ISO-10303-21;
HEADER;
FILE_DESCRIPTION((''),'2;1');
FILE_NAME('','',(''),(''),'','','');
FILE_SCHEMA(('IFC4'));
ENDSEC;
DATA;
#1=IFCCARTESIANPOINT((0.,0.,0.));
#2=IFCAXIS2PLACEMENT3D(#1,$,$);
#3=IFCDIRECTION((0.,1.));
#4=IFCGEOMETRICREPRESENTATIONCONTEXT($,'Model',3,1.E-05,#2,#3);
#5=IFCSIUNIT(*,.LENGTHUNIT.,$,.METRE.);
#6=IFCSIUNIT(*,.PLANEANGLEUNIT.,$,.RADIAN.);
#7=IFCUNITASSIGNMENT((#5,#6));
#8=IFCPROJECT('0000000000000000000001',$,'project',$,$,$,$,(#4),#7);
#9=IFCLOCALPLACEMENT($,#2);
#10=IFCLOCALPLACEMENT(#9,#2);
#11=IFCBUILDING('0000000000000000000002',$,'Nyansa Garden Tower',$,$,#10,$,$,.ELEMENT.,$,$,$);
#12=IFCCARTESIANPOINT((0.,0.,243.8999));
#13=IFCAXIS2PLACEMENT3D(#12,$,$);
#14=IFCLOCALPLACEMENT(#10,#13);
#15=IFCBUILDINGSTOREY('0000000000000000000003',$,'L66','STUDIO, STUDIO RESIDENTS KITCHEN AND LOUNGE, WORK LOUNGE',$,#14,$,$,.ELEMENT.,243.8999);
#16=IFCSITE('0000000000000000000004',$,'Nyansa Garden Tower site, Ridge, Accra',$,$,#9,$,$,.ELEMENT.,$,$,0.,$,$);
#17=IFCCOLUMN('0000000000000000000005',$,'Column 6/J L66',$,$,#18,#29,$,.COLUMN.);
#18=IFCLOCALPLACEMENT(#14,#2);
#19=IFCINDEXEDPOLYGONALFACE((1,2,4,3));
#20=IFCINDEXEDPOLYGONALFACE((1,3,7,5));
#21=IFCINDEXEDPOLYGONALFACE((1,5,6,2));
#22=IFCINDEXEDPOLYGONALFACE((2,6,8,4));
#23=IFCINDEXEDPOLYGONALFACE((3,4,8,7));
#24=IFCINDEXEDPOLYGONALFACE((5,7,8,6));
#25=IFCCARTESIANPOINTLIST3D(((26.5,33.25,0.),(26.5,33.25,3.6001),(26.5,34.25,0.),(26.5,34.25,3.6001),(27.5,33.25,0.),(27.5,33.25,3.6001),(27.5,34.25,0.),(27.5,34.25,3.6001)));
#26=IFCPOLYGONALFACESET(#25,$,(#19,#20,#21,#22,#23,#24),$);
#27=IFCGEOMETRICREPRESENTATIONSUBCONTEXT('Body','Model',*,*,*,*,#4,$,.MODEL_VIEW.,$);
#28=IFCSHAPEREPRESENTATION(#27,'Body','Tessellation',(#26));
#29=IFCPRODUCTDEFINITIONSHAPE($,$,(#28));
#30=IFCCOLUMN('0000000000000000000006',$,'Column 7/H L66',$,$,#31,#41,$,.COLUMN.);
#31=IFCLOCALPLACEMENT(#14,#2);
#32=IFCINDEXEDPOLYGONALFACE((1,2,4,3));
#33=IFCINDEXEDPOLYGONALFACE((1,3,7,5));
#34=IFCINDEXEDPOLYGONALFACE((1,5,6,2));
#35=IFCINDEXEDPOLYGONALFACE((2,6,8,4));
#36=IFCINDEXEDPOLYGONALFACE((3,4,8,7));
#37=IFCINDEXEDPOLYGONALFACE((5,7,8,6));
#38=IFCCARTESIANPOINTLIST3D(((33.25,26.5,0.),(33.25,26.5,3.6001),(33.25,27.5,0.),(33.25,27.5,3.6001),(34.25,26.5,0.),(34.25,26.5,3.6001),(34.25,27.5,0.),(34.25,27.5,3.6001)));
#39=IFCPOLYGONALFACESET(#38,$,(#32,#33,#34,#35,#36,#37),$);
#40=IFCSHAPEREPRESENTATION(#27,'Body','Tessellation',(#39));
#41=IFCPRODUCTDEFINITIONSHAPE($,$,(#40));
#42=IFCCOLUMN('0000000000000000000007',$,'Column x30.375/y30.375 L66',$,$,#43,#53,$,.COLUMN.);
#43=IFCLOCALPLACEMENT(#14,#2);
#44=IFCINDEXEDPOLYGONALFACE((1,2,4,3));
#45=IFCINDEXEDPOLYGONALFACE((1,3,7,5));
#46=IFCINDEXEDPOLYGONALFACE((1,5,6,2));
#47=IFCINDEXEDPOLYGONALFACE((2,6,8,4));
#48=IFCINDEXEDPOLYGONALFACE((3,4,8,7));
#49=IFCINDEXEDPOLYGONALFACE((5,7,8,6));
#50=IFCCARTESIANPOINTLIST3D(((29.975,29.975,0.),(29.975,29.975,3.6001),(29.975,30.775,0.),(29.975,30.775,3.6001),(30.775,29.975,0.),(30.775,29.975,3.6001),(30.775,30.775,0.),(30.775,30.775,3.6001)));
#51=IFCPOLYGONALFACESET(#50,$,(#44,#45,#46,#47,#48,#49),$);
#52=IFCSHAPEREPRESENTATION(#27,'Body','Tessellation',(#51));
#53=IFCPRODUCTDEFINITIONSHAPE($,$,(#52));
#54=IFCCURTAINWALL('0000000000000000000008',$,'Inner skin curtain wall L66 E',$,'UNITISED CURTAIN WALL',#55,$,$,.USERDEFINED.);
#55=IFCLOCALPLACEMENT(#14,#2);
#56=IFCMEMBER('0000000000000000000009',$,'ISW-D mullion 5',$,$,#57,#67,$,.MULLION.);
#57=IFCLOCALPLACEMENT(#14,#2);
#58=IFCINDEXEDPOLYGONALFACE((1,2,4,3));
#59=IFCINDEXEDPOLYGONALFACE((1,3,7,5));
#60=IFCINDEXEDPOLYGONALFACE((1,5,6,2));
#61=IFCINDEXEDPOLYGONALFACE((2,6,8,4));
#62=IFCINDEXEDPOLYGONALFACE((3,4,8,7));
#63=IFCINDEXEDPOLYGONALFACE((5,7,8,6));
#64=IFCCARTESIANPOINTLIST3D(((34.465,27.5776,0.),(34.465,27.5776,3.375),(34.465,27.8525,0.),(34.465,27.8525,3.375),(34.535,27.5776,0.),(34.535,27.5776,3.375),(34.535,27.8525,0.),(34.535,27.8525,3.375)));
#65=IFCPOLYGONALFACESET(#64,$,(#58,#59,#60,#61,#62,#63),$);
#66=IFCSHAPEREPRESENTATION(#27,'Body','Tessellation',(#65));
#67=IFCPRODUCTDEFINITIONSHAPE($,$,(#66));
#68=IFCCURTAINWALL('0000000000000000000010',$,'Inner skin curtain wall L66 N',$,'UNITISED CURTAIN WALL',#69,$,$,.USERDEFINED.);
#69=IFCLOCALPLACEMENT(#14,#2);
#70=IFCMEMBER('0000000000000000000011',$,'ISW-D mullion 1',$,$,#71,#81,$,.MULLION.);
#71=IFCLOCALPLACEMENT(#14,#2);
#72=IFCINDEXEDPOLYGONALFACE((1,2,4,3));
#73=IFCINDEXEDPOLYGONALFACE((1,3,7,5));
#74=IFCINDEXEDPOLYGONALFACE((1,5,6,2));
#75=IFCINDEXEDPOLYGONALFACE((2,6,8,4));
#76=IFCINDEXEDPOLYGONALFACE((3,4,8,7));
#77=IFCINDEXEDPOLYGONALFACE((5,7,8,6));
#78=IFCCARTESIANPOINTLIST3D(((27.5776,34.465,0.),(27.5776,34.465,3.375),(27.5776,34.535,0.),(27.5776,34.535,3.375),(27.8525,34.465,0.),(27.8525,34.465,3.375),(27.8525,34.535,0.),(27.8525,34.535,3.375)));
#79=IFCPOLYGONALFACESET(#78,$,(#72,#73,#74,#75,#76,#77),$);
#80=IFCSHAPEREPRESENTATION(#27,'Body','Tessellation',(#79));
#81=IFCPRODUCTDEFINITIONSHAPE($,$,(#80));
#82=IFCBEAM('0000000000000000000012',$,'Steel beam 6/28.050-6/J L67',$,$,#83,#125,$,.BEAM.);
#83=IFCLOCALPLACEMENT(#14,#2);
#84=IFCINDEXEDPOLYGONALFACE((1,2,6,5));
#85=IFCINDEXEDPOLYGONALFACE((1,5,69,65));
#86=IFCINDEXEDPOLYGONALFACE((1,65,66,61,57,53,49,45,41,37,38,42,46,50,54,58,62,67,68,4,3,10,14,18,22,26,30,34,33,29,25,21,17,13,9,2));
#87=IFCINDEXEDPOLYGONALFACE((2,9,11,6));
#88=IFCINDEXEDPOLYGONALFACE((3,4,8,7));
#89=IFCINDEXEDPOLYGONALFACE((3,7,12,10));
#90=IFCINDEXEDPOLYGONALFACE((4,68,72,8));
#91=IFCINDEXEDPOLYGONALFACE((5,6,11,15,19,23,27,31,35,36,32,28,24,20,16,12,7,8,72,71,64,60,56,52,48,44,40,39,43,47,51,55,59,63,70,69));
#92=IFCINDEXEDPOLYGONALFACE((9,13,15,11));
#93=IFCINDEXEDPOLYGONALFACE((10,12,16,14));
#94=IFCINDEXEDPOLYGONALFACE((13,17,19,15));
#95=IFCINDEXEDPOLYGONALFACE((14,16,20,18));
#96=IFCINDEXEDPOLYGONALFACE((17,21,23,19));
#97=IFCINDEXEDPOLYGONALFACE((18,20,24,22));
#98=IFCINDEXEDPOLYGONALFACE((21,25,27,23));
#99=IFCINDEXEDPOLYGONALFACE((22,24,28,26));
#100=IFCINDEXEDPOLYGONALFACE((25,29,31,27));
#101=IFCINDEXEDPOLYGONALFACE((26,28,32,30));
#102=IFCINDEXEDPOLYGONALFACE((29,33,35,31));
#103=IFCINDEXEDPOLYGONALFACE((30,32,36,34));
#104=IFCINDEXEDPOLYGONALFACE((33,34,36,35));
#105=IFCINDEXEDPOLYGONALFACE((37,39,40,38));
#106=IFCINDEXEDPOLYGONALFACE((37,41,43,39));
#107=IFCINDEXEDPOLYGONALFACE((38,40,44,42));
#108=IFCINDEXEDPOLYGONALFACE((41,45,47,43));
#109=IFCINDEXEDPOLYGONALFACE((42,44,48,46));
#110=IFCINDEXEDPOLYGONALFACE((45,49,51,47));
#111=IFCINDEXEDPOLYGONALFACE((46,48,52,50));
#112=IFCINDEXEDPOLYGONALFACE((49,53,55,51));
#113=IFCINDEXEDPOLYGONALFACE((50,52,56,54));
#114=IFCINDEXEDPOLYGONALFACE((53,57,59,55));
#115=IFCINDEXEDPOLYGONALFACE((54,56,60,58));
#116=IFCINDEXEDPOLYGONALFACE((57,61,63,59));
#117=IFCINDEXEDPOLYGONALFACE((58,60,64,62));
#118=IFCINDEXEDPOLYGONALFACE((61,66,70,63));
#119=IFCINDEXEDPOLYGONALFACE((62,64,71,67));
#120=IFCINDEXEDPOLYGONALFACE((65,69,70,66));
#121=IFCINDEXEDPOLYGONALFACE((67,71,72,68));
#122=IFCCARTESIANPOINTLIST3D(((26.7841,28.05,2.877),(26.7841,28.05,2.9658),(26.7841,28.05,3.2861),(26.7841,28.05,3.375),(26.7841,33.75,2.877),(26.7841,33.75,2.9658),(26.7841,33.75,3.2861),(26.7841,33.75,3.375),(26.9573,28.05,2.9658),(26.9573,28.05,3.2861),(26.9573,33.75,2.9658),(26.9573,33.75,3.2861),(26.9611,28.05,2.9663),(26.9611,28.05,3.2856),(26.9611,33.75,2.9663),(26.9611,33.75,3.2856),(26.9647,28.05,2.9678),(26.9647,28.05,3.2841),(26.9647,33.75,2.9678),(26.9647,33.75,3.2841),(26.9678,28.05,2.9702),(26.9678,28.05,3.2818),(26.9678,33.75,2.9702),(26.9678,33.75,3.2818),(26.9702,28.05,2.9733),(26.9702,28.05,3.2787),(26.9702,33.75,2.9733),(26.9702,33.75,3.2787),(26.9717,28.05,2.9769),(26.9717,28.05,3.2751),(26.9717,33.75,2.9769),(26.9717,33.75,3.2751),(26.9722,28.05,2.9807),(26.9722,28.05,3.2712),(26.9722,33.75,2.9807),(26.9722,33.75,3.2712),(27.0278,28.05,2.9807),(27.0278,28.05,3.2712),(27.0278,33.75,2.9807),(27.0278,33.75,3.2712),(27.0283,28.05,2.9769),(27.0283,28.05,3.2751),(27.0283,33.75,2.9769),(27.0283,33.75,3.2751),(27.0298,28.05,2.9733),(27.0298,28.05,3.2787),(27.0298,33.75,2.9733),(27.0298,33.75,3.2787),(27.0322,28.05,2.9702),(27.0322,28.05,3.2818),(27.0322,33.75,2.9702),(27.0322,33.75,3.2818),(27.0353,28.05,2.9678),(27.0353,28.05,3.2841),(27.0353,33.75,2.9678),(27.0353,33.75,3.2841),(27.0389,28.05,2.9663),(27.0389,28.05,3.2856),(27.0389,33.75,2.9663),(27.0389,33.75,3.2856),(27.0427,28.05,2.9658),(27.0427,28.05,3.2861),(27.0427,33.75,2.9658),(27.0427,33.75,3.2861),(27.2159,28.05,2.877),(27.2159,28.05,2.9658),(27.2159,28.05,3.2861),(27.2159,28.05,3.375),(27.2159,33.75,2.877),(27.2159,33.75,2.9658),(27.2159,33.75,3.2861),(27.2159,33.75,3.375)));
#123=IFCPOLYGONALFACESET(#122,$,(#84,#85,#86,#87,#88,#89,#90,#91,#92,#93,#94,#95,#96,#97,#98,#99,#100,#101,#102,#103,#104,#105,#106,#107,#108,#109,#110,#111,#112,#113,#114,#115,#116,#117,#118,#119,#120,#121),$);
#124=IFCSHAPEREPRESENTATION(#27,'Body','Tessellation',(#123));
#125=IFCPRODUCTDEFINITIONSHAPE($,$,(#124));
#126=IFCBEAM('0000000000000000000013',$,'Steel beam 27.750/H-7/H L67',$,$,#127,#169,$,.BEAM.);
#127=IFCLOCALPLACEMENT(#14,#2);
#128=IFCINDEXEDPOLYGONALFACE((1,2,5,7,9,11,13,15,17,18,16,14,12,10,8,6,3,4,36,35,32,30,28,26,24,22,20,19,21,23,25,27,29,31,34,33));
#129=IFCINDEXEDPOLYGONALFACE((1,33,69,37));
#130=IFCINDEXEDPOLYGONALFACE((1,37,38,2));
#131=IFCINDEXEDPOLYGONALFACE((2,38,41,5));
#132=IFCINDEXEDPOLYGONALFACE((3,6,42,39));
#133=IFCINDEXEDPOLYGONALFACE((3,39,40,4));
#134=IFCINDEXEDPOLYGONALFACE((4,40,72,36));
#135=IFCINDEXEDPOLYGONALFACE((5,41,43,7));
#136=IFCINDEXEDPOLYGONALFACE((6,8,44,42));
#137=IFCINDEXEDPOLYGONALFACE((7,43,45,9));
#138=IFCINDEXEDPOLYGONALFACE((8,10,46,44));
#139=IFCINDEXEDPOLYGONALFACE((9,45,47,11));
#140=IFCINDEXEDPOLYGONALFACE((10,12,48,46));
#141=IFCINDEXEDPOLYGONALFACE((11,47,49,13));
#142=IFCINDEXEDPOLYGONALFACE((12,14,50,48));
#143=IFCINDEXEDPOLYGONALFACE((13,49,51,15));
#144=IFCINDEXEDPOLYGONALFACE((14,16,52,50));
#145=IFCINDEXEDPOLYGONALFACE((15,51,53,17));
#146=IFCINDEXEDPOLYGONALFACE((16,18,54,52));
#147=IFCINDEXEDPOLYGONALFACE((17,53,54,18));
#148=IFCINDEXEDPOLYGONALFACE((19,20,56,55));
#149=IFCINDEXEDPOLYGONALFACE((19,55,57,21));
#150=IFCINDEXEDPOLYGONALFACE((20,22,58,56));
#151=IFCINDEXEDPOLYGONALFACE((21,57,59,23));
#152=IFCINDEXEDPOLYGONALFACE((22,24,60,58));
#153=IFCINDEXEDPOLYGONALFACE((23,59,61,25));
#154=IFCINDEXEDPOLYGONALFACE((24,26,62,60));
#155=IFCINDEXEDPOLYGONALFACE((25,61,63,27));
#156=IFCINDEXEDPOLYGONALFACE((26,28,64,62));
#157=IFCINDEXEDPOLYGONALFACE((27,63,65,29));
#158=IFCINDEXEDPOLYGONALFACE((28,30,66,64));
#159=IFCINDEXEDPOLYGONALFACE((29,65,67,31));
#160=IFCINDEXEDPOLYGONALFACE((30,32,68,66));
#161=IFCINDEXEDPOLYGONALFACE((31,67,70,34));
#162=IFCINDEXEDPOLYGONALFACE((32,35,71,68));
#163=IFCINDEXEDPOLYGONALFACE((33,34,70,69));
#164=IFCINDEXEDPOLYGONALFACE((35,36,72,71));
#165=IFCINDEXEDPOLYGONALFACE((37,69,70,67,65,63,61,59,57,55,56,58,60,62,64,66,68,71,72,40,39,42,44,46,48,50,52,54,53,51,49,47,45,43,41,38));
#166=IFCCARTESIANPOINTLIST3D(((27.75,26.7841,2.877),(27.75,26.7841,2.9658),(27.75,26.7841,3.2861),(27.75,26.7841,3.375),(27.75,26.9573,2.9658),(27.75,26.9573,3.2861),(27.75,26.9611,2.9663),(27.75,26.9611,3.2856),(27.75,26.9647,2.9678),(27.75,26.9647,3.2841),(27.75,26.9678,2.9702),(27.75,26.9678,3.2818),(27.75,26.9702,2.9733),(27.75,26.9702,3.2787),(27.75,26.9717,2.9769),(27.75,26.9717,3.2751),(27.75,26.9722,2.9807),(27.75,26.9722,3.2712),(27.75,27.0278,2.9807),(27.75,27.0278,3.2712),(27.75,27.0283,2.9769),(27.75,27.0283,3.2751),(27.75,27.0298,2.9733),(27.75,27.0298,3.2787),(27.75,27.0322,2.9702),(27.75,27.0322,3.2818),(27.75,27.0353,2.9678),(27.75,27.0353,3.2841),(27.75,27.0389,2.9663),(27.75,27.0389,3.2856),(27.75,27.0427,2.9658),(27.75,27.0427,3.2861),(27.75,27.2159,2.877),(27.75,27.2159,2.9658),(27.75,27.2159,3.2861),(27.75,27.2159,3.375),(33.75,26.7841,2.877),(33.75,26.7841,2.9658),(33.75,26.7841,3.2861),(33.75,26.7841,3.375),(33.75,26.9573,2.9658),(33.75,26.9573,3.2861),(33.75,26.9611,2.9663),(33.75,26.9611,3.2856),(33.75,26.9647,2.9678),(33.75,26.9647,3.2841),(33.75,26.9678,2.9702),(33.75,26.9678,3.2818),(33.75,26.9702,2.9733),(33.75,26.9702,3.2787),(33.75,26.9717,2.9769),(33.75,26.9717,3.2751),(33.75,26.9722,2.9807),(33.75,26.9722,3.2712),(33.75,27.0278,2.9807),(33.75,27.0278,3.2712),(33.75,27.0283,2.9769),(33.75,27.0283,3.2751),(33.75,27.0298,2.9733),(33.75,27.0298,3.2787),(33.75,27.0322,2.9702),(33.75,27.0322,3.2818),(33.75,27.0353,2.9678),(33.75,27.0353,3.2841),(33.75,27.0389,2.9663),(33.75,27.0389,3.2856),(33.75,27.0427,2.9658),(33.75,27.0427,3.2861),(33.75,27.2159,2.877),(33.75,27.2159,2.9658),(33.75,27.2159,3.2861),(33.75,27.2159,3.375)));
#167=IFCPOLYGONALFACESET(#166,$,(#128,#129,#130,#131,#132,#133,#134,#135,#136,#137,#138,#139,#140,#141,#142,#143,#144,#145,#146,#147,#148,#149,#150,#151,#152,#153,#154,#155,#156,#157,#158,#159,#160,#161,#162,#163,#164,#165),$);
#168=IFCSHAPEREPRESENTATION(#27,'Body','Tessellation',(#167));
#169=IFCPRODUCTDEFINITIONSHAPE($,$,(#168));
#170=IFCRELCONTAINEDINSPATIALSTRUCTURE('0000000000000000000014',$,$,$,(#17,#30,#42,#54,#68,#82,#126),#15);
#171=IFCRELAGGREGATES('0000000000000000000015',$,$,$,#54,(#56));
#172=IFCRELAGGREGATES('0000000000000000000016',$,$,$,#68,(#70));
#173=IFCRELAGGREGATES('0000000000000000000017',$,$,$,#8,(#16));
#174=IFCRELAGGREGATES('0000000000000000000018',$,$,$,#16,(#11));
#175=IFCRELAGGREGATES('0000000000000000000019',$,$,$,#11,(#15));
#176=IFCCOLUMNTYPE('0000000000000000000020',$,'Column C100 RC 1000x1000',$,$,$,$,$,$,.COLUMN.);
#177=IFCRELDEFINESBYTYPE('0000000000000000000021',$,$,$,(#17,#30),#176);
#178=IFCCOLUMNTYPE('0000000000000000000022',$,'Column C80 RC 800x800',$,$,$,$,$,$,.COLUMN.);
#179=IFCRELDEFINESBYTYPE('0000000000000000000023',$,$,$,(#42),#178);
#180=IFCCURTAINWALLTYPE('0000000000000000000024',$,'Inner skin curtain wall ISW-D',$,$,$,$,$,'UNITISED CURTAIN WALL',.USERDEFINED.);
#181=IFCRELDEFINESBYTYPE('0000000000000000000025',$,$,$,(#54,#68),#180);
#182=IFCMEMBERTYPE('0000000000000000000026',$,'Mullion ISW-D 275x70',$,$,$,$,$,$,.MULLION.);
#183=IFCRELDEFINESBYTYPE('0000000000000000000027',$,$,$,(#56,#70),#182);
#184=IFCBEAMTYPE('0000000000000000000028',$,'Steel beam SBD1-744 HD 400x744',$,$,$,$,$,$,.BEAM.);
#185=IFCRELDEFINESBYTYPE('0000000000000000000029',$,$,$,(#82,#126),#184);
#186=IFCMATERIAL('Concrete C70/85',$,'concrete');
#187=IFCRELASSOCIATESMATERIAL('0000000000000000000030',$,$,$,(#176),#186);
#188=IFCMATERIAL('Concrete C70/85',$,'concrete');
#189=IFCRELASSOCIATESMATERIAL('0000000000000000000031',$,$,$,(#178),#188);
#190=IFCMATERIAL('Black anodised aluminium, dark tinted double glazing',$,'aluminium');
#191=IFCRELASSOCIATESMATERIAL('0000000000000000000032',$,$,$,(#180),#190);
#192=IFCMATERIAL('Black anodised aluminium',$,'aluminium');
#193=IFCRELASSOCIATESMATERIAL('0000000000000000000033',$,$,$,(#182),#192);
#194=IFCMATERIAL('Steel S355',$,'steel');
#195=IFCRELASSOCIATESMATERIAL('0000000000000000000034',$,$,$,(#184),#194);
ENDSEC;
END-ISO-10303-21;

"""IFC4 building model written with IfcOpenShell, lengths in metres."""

from ifc_helpers import new_model, si_unit, direction, frame, origin, origin_2d, place, context, subcontext, project, spatial, rectangle, i_section, extrude, material, material_profile, profile_set, type_object, element, aggregate, save


model = new_model("IFC4")

# Units and contexts
model_context = context("Model", 3, precision=1e-05, world=origin(), true_north=direction((0.0, 1.0)))
body_context = subcontext(model_context, "Body", "Model", "MODEL_VIEW")
ifc_project = project(units=[si_unit("LENGTHUNIT", "METRE"), si_unit("PLANEANGLEUNIT", "RADIAN")], contexts=[model_context])

# Site, building, storey
site_placement = place(None, origin())
site = spatial("IfcSite", under=ifc_project, at=site_placement, Name="Nyansa Garden Tower site, Ridge, Accra", CompositionType="ELEMENT", RefElevation=0.0)
building_placement = place(site_placement, origin())
building = spatial("IfcBuilding", under=site, at=building_placement, Name="Nyansa Garden Tower", CompositionType="ELEMENT")
storey_placement = place(building_placement, frame((0.0, 0.0, 243.8999)))
storey = spatial("IfcBuildingStorey", under=building, at=storey_placement, Name="L66", Description="STUDIO, STUDIO RESIDENTS KITCHEN AND LOUNGE, WORK LOUNGE", CompositionType="ELEMENT", Elevation=243.8999)

# Columns
ifc_material_1 = material(Name="Concrete C70/85", Category="concrete")
ifc_material_profile_1 = material_profile(ifc_material_1, rectangle(XDim=1.0, YDim=1.0, at=origin_2d()), Name="RC 1000x1000")
ifc_profile_set_1 = profile_set([ifc_material_profile_1], Name="Concrete C70/85")
column_type_1 = type_object("IfcColumnType", Name="Column C100 RC 1000x1000", PredefinedType="COLUMN", material=ifc_profile_set_1)
for number, where, z_axis, x_axis, name in (
    (1, (27.0, 33.75, 0.0), (0.0, 0.0, 1.0), (1.0, 0.0, 0.0), "Column 6/J L66"),
    (2, (33.75, 27.0, 0.0), (0.0, 0.0, 1.0), (1.0, 0.0, 0.0), "Column 7/H L66"),
):
    element("IfcColumn", number, at=place(storey_placement, frame(where, z_axis=z_axis, x_axis=x_axis)), inside=storey, type_object=column_type_1, Name=name, PredefinedType="COLUMN", context=body_context, shape_type="SweptSolid", body=[
        extrude(rectangle(XDim=1.0, YDim=1.0, at=origin_2d()), origin(), (0.0, 0.0, 1.0), 3.6001),
    ])
ifc_material_2 = material(Name="Concrete C70/85", Category="concrete")
ifc_material_profile_2 = material_profile(ifc_material_2, rectangle(XDim=0.8, YDim=0.8, at=origin_2d()), Name="RC 800x800")
ifc_profile_set_2 = profile_set([ifc_material_profile_2], Name="Concrete C70/85")
column_type_2 = type_object("IfcColumnType", Name="Column C80 RC 800x800", PredefinedType="COLUMN", material=ifc_profile_set_2)
column_placement = place(storey_placement, frame((30.375, 30.375, 0.0), z_axis=(0.0, 0.0, 1.0), x_axis=(1.0, 0.0, 0.0)))
element("IfcColumn", 3, at=column_placement, inside=storey, type_object=column_type_2, Name="Column x30.375/y30.375 L66", PredefinedType="COLUMN", context=body_context, shape_type="SweptSolid", body=[
    extrude(rectangle(XDim=0.8, YDim=0.8, at=origin_2d()), origin(), (0.0, 0.0, 1.0), 3.6001),
])

# Curtain walls, members
ifc_material_3 = material(Name="Black anodised aluminium, dark tinted double glazing", Category="aluminium")
curtain_wall_type = type_object("IfcCurtainWallType", Name="Inner skin curtain wall ISW-D", ElementType="UNITISED CURTAIN WALL", PredefinedType="USERDEFINED", material=ifc_material_3)
curtain_wall_1_placement = place(storey_placement, origin())
curtain_wall_1 = element("IfcCurtainWall", 4, at=curtain_wall_1_placement, inside=storey, type_object=curtain_wall_type, Name="Inner skin curtain wall L66 E", ObjectType="UNITISED CURTAIN WALL", PredefinedType="USERDEFINED")
ifc_material_4 = material(Name="Black anodised aluminium", Category="aluminium")
ifc_material_profile_3 = material_profile(ifc_material_4, rectangle(XDim=0.0701, YDim=0.2749, at=origin_2d()), Name="Mullion 275x70")
ifc_profile_set_3 = profile_set([ifc_material_profile_3], Name="Black anodised aluminium")
member_type_1 = type_object("IfcMemberType", Name="Mullion ISW-D 275x70", PredefinedType="MULLION", material=ifc_profile_set_3)
member_1_placement = place(storey_placement, frame((34.5, 27.7151, 0.0), z_axis=(0.0, 0.0, 1.0), x_axis=(-1.0, 0.0, 0.0)))
member_1 = element("IfcMember", 5, at=member_1_placement, type_object=member_type_1, Name="ISW-D mullion 5", PredefinedType="MULLION", context=body_context, shape_type="SweptSolid", body=[
    extrude(rectangle(XDim=0.0701, YDim=0.2749, at=origin_2d()), origin(), (0.0, 0.0, 1.0), 3.375),
])
aggregate(curtain_wall_1, [member_1])
curtain_wall_2_placement = place(storey_placement, origin())
curtain_wall_2 = element("IfcCurtainWall", 6, at=curtain_wall_2_placement, inside=storey, type_object=curtain_wall_type, Name="Inner skin curtain wall L66 N", ObjectType="UNITISED CURTAIN WALL", PredefinedType="USERDEFINED")
member_2_placement = place(storey_placement, frame((27.7151, 34.5, 0.0), z_axis=(0.0, 0.0, 1.0), x_axis=(0.0, -1.0, 0.0)))
member_2 = element("IfcMember", 7, at=member_2_placement, type_object=member_type_1, Name="ISW-D mullion 1", PredefinedType="MULLION", context=body_context, shape_type="SweptSolid", body=[
    extrude(rectangle(XDim=0.0701, YDim=0.2749, at=origin_2d()), origin(), (0.0, 0.0, 1.0), 3.375),
])

# Beams
ifc_material_5 = material(Name="Steel S355", Category="steel")
ifc_material_profile_4 = material_profile(ifc_material_5, i_section(OverallWidth=0.4319, OverallDepth=0.498, WebThickness=0.0557, FlangeThickness=0.0889, FilletRadius=0.0149, at=origin_2d()), Name="HD 400x744")
ifc_profile_set_4 = profile_set([ifc_material_profile_4], Name="Steel S355")
beam_type_1 = type_object("IfcBeamType", Name="Steel beam SBD1-744 HD 400x744", PredefinedType="BEAM", material=ifc_profile_set_4)
beam_1_placement = place(storey_placement, frame((27.0, 28.05, 3.126), z_axis=(0.0, 1.0, 0.0), x_axis=(-1.0, 0.0, 0.0)))
element("IfcBeam", 8, at=beam_1_placement, inside=storey, type_object=beam_type_1, Name="Steel beam 6/28.050-6/J L67", PredefinedType="BEAM", context=body_context, shape_type="SweptSolid", body=[
    extrude(i_section(OverallWidth=0.4319, OverallDepth=0.498, WebThickness=0.0557, FlangeThickness=0.0889, FilletRadius=0.0149, at=origin_2d()), origin(), (0.0, 0.0, 1.0), 5.7),
])
beam_2_placement = place(storey_placement, frame((27.75, 27.0, 3.126), z_axis=(1.0, 0.0, 0.0), x_axis=(0.0, 1.0, 0.0)))
element("IfcBeam", 9, at=beam_2_placement, inside=storey, type_object=beam_type_1, Name="Steel beam 27.750/H-7/H L67", PredefinedType="BEAM", context=body_context, shape_type="SweptSolid", body=[
    extrude(i_section(OverallWidth=0.4319, OverallDepth=0.498, WebThickness=0.0557, FlangeThickness=0.0889, FilletRadius=0.0149, at=origin_2d()), origin(), (0.0, 0.0, 1.0), 6.0),
])

aggregate(curtain_wall_2, [member_2])

save(model, "model.ifc")
